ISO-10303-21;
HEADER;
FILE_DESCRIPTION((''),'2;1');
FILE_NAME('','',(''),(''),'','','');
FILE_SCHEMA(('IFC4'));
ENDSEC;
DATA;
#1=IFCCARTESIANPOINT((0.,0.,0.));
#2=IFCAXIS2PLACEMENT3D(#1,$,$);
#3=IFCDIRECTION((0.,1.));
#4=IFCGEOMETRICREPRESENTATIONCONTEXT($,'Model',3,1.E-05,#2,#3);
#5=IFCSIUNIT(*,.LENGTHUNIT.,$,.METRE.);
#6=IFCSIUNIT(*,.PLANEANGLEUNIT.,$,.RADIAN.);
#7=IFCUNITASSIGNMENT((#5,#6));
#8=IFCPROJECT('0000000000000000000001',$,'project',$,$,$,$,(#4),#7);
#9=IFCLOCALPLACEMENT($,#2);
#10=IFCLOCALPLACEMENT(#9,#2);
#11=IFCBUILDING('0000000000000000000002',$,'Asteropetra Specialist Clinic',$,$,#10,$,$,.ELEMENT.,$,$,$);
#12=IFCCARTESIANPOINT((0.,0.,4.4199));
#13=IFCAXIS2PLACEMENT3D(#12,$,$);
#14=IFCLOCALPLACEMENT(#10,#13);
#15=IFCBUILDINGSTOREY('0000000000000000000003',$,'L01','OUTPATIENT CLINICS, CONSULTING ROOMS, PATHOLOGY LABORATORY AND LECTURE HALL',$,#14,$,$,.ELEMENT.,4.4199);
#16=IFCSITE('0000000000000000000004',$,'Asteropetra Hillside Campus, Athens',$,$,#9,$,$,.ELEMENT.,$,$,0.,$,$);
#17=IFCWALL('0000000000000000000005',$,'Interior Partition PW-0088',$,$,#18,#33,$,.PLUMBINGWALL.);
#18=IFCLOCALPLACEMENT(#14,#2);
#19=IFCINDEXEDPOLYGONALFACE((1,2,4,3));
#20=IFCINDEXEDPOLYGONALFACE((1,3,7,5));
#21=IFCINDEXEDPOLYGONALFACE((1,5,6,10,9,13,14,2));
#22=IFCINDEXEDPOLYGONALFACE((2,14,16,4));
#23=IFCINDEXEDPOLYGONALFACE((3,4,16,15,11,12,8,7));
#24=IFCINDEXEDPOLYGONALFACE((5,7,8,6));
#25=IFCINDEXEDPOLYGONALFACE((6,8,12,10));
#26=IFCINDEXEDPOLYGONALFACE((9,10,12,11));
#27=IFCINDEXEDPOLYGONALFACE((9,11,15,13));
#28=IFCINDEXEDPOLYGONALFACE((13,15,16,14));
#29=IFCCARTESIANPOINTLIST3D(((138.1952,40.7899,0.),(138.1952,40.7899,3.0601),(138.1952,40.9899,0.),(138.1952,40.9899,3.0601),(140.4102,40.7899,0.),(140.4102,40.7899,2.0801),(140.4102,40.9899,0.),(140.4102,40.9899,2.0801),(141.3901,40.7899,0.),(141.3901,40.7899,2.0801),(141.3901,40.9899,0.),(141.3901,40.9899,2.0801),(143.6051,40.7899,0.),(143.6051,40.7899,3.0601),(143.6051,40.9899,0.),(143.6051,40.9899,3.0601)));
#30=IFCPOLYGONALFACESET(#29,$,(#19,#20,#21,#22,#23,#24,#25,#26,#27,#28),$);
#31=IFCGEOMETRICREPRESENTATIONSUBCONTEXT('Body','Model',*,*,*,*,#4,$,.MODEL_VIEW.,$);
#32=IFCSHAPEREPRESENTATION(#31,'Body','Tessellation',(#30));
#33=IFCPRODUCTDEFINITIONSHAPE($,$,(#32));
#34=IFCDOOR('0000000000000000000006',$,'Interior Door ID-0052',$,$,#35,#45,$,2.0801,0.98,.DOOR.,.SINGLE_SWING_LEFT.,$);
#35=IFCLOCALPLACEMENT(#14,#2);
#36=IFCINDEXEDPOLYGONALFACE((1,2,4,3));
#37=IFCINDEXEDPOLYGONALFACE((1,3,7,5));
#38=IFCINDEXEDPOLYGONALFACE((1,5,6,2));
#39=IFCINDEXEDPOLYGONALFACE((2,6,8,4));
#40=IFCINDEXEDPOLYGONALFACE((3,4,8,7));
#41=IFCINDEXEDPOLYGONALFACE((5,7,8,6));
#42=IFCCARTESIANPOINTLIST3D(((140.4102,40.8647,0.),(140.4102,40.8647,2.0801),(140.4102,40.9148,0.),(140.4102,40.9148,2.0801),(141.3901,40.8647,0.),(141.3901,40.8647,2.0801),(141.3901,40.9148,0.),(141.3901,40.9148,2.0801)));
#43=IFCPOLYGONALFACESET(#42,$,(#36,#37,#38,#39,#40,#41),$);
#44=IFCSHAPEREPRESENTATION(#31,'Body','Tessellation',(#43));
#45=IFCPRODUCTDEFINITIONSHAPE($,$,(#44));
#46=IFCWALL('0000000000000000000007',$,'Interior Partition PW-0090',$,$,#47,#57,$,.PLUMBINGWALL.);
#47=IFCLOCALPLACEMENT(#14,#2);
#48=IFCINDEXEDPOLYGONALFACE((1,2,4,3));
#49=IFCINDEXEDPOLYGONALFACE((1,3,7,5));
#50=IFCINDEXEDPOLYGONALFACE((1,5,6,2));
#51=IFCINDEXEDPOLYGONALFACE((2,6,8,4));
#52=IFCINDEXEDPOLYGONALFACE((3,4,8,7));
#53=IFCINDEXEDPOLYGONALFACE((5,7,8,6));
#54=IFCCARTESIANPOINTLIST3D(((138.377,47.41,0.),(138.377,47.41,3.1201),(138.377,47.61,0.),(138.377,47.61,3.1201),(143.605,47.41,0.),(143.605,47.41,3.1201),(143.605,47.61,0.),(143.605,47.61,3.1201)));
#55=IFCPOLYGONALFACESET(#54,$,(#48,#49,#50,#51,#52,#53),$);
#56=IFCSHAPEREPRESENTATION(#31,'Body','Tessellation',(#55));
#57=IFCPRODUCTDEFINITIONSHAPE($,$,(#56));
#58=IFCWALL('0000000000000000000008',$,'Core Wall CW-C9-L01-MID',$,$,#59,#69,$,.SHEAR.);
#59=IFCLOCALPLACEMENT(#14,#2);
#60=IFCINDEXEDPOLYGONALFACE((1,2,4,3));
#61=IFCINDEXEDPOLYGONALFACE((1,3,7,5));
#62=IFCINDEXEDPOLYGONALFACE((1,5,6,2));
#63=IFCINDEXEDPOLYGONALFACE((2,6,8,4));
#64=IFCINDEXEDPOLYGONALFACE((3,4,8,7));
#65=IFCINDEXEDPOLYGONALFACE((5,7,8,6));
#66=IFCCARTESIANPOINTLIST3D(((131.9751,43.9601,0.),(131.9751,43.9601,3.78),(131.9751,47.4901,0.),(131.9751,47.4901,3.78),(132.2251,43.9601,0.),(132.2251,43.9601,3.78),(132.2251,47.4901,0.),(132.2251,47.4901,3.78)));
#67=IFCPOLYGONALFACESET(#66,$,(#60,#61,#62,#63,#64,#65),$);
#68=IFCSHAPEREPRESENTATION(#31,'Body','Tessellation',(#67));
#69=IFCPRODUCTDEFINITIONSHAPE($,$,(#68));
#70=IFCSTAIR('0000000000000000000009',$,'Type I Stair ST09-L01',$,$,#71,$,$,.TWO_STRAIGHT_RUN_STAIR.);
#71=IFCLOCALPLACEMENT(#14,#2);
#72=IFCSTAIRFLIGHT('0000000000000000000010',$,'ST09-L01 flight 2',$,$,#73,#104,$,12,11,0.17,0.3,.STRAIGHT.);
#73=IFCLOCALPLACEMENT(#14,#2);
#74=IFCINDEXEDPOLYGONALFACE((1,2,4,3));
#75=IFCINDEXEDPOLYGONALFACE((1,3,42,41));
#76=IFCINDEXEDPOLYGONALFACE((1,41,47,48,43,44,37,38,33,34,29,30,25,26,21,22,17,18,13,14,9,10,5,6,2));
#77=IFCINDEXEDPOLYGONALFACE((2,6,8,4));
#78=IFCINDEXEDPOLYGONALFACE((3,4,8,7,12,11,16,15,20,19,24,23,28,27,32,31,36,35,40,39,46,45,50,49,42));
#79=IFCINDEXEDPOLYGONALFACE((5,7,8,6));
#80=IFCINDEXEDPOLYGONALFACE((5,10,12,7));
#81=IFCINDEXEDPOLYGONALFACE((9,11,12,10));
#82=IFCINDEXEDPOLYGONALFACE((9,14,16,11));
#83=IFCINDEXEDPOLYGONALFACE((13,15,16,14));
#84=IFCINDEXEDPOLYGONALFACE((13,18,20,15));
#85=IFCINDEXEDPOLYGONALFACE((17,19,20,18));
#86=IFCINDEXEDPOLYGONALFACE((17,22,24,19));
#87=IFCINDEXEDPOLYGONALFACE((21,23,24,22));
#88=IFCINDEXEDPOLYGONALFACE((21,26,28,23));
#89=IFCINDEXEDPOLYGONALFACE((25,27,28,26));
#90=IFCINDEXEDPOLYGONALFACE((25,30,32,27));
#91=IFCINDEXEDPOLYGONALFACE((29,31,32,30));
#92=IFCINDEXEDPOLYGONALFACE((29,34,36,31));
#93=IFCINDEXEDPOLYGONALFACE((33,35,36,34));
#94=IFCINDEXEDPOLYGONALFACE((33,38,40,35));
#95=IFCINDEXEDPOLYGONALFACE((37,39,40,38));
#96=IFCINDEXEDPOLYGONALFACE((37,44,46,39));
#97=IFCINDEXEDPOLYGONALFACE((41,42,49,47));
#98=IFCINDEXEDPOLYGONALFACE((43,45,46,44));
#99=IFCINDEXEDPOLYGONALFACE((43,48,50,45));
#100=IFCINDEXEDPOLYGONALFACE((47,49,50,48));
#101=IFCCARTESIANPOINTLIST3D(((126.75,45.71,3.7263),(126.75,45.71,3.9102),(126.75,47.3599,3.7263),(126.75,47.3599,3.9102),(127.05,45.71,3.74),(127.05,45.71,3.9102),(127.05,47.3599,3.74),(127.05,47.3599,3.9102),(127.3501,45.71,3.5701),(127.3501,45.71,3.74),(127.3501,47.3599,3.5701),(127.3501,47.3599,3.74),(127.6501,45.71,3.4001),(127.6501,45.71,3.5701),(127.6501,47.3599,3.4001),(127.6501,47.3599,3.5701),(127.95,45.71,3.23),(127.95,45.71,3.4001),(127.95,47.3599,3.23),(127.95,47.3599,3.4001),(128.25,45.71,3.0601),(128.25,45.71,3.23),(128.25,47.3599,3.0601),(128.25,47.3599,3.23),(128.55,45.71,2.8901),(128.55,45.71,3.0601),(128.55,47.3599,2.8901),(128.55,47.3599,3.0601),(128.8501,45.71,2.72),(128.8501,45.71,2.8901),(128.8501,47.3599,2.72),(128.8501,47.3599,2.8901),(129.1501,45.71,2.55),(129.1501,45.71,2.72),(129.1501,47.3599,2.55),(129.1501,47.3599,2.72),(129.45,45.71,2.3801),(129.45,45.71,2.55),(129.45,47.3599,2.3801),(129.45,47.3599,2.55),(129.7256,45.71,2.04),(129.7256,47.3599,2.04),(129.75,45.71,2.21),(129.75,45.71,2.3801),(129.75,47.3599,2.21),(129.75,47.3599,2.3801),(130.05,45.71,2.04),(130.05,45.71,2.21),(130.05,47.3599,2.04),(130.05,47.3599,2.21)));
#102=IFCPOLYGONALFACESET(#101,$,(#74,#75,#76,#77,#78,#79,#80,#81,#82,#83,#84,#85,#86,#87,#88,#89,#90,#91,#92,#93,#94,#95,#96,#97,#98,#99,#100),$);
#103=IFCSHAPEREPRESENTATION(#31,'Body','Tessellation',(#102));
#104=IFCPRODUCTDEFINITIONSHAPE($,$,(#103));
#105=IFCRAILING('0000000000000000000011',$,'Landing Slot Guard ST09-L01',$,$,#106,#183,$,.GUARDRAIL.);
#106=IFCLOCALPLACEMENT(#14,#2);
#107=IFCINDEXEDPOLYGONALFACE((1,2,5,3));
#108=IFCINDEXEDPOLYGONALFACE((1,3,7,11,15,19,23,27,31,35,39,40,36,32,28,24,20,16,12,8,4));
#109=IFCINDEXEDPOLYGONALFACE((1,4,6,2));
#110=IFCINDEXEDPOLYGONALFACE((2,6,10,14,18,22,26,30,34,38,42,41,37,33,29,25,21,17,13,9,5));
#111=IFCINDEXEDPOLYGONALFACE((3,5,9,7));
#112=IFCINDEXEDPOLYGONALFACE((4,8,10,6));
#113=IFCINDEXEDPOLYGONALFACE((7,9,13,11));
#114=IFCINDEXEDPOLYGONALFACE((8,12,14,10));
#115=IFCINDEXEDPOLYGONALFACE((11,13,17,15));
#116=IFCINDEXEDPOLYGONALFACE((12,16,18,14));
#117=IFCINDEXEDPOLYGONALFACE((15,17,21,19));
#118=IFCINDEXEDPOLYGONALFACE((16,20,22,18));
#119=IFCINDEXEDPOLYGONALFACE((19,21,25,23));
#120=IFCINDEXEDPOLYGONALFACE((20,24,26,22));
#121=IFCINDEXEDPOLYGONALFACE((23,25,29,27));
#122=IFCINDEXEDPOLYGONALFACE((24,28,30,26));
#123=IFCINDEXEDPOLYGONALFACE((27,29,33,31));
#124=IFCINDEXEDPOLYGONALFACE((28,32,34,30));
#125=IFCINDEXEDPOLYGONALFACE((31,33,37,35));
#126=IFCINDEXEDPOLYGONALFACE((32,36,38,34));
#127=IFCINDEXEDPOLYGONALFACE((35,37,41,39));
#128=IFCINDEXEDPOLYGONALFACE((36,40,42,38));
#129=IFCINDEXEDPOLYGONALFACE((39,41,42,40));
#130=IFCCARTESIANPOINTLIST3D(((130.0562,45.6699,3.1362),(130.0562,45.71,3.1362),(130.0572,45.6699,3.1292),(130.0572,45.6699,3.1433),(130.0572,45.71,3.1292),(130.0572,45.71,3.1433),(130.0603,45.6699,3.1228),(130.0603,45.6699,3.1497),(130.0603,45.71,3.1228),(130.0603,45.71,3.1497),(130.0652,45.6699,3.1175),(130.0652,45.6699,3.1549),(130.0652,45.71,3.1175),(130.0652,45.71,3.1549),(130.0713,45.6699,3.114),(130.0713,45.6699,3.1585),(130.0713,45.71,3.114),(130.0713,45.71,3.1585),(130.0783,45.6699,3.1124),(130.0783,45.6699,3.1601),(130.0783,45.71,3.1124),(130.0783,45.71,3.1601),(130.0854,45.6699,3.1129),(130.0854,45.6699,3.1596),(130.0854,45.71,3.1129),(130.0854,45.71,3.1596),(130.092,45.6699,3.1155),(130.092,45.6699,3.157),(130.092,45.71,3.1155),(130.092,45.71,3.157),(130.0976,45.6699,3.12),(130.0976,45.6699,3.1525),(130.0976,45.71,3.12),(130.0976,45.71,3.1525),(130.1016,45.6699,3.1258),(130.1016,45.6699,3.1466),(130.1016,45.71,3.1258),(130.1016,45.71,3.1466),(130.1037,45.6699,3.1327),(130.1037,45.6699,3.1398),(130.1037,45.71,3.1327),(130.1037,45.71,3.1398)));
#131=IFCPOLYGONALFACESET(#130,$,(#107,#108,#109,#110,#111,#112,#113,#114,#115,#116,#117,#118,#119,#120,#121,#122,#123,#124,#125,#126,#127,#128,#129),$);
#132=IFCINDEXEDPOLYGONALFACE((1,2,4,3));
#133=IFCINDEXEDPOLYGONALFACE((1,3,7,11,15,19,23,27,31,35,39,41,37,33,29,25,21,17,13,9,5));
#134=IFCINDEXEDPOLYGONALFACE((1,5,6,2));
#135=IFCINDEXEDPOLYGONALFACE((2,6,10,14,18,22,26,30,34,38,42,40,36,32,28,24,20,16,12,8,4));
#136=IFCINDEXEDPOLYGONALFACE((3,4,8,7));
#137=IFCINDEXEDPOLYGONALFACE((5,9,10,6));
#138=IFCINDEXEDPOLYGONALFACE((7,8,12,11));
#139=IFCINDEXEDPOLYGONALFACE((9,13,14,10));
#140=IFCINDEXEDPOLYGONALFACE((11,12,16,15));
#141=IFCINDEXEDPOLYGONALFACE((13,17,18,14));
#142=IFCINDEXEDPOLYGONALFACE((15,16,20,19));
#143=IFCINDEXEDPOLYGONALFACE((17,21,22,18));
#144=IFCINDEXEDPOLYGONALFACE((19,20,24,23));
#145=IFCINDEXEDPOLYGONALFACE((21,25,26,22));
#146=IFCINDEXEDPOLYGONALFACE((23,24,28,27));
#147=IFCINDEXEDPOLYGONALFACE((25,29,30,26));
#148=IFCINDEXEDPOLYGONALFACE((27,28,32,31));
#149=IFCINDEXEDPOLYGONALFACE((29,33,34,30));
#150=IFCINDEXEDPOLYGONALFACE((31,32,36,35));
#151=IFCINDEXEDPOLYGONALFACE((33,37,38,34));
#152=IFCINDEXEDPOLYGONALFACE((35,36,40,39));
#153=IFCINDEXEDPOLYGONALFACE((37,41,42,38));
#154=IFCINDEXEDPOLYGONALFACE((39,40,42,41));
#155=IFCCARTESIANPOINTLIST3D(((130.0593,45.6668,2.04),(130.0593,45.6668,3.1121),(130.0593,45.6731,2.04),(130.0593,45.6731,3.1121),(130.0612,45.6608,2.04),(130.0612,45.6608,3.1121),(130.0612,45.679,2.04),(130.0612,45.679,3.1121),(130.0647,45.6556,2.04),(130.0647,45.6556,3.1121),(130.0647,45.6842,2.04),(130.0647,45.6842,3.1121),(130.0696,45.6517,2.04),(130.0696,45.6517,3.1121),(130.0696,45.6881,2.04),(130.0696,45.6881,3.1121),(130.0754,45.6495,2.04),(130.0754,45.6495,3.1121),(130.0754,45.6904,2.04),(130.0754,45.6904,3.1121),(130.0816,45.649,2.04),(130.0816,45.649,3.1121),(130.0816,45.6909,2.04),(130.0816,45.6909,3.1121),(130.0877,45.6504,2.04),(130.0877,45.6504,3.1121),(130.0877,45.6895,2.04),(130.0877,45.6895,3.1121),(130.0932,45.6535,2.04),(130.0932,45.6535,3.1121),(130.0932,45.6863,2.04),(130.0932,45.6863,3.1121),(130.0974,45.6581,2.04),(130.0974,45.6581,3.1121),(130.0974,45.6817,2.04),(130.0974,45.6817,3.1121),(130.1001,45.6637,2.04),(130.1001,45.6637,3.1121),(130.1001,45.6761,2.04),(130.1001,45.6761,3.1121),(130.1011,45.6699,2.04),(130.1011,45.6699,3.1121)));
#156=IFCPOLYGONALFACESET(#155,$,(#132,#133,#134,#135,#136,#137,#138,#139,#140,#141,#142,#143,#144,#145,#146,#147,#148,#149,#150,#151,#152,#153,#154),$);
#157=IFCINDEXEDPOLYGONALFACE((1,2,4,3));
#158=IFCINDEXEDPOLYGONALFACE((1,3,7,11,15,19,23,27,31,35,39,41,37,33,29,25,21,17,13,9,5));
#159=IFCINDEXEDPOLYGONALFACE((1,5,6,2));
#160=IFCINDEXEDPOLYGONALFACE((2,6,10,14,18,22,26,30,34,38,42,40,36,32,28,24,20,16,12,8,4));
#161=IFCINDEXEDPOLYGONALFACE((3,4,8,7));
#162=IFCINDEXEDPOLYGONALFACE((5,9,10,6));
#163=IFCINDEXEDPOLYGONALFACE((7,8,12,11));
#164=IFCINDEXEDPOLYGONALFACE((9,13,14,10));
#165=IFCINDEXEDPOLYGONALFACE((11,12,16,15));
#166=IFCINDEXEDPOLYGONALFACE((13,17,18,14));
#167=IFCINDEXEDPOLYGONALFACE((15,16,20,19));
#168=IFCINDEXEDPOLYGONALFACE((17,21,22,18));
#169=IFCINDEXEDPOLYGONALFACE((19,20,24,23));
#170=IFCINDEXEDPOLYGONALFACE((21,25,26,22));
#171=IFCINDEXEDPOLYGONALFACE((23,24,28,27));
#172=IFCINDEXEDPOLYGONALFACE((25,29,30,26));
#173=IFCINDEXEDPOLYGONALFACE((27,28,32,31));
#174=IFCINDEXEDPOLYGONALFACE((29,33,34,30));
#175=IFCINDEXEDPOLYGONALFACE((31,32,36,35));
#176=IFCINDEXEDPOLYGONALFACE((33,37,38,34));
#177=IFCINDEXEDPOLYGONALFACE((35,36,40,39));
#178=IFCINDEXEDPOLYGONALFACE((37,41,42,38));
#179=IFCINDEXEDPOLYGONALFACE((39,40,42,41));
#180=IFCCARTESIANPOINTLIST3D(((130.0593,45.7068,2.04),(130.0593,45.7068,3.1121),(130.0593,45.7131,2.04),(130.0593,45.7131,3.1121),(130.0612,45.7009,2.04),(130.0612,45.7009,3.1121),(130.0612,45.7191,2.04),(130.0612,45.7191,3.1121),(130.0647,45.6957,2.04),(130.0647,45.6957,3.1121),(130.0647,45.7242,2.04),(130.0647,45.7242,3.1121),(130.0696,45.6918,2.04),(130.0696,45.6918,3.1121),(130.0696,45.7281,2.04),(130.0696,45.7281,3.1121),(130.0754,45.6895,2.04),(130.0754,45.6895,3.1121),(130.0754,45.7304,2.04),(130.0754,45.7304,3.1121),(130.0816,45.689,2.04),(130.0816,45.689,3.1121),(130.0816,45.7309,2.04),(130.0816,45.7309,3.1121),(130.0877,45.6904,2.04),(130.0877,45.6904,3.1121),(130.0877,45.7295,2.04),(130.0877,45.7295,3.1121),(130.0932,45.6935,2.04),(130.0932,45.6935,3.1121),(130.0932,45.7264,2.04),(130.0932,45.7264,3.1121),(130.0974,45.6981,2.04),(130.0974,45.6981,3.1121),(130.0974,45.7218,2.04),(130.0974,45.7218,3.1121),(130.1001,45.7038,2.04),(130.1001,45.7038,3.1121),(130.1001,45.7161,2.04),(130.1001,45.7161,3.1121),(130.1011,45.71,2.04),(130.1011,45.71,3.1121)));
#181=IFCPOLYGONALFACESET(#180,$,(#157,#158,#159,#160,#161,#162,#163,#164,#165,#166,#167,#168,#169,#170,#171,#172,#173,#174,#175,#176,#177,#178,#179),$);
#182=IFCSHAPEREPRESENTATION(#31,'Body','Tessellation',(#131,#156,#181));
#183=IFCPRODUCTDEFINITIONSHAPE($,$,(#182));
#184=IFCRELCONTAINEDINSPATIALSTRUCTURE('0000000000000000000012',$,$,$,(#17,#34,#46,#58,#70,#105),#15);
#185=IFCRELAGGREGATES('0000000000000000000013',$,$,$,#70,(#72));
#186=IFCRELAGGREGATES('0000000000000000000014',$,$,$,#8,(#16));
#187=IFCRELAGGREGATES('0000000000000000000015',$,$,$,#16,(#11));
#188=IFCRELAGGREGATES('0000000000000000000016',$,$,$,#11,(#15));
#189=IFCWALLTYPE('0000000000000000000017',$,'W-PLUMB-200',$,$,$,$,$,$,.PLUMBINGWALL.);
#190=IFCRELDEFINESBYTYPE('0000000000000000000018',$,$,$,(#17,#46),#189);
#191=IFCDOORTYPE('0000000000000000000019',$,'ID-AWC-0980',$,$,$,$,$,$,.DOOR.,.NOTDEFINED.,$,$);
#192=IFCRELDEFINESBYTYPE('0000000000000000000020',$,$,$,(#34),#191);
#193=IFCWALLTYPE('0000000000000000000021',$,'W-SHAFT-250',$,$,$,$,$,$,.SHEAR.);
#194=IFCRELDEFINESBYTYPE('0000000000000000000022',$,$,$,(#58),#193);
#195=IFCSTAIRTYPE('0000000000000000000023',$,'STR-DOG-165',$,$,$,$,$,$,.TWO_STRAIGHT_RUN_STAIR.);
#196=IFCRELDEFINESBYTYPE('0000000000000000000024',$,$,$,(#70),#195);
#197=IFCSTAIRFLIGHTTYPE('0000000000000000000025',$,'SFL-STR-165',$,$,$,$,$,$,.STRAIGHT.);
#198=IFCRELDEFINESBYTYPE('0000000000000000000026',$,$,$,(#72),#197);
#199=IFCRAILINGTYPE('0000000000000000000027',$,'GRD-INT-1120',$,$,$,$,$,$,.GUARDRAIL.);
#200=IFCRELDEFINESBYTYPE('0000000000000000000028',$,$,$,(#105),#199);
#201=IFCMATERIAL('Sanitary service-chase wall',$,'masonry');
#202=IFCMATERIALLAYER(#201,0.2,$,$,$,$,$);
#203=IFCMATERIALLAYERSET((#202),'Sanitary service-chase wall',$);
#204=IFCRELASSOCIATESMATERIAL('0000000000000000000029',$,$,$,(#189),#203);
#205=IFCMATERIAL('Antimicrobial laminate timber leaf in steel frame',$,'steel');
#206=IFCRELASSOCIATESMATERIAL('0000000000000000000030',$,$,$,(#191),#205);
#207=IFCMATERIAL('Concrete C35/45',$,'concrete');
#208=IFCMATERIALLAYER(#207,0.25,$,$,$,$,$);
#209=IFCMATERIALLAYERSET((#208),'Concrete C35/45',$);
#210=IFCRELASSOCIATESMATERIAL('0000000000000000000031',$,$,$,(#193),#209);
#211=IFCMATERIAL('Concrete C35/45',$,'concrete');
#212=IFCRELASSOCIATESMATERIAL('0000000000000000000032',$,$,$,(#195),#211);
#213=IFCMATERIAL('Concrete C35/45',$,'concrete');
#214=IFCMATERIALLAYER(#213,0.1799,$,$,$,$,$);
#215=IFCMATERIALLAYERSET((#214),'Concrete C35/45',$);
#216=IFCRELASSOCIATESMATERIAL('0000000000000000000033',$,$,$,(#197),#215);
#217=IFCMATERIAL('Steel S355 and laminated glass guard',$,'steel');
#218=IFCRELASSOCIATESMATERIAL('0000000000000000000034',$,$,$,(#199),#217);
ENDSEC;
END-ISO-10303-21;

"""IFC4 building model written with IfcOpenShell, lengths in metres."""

from ifc_helpers import new_model, si_unit, direction, frame, frame_2d, origin, origin_2d, place, context, subcontext, project, spatial, polyline, rectangle, circle, outline, extrude, material, layer, layer_set, type_object, element, fill, aggregate, save


model = new_model("IFC4")

# Units and contexts
model_context = context("Model", 3, precision=1e-05, world=origin(), true_north=direction((0.0, 1.0)))
body_context = subcontext(model_context, "Body", "Model", "MODEL_VIEW")
ifc_project = project(units=[si_unit("LENGTHUNIT", "METRE"), si_unit("PLANEANGLEUNIT", "RADIAN")], contexts=[model_context])

# Site, building, storey
site_placement = place(None, origin())
site = spatial("IfcSite", under=ifc_project, at=site_placement, Name="Asteropetra Hillside Campus, Athens", CompositionType="ELEMENT", RefElevation=0.0)
building_placement = place(site_placement, origin())
building = spatial("IfcBuilding", under=site, at=building_placement, Name="Asteropetra Specialist Clinic", CompositionType="ELEMENT")
storey_placement = place(building_placement, frame((0.0, 0.0, 4.4199)))
storey = spatial("IfcBuildingStorey", under=building, at=storey_placement, Name="L01", Description="OUTPATIENT CLINICS, CONSULTING ROOMS, PATHOLOGY LABORATORY AND LECTURE HALL", CompositionType="ELEMENT", Elevation=4.4199)

# Wall, opening, door
ifc_material_1 = material(Name="Sanitary service-chase wall", Category="masonry")
ifc_layer_1 = layer(ifc_material_1, 0.2)
ifc_layer_set_1 = layer_set([ifc_layer_1], Name="Sanitary service-chase wall")
wall_type_1 = type_object("IfcWallType", Name="W-PLUMB-200", PredefinedType="PLUMBINGWALL", material=ifc_layer_set_1)
wall_1_placement = place(storey_placement, frame((138.1951, 40.8899, 0.0), z_axis=(0.0, 0.0, 1.0), x_axis=(1.0, 0.0, 0.0)))
wall_1 = element("IfcWall", 1, at=wall_1_placement, inside=storey, type_object=wall_type_1, Name="Interior Partition PW-0088", PredefinedType="PLUMBINGWALL", context=body_context, shape_type="SweptSolid", body=[
    extrude(rectangle(XDim=5.4099, YDim=0.2, at=frame_2d((2.7051, 0.0))), origin(), (0.0, 0.0, 1.0), 3.0601),
])
opening_1_placement = place(wall_1_placement, frame((2.2151, 0.0, 0.0)))
opening_1 = element("IfcOpeningElement", 2, at=opening_1_placement, cuts=wall_1, PredefinedType="OPENING", context=body_context, shape_type="SweptSolid", body=[
    extrude(rectangle(XDim=0.98, YDim=2.0801, at=frame_2d((0.49, 1.04))), frame((0.0, 0.1099, 0.0), z_axis=(0.0, -1.0, 0.0), x_axis=(1.0, 0.0, 0.0)), (0.0, 0.0, 1.0), 0.22),
])
ifc_material_2 = material(Name="Antimicrobial laminate timber leaf in steel frame", Category="steel")
door_type_1 = type_object("IfcDoorType", Name="ID-AWC-0980", OperationType="NOTDEFINED", PredefinedType="DOOR", material=ifc_material_2)
door_1_placement = place(opening_1_placement, origin())
door_1 = element("IfcDoor", 3, at=door_1_placement, inside=storey, type_object=door_type_1, Name="Interior Door ID-0052", OperationType="SINGLE_SWING_LEFT", OverallHeight=2.0801, OverallWidth=0.98, PredefinedType="DOOR", context=body_context, shape_type="SweptSolid", body=[
    extrude(rectangle(XDim=0.98, YDim=2.0801, at=frame_2d((0.49, 1.04))), frame((0.0, 0.0249, 0.0), z_axis=(0.0, -1.0, 0.0), x_axis=(1.0, 0.0, 0.0)), (0.0, 0.0, 1.0), 0.05),
])
fill(opening_1, door_1)

# Walls
wall_2_placement = place(storey_placement, frame((138.377, 47.51, 0.0), z_axis=(0.0, 0.0, 1.0), x_axis=(1.0, 0.0, 0.0)))
element("IfcWall", 4, at=wall_2_placement, inside=storey, type_object=wall_type_1, Name="Interior Partition PW-0090", PredefinedType="PLUMBINGWALL", context=body_context, shape_type="SweptSolid", body=[
    extrude(rectangle(XDim=5.228, YDim=0.2, at=frame_2d((2.614, 0.0))), origin(), (0.0, 0.0, 1.0), 3.1201),
])
ifc_material_3 = material(Name="Concrete C35/45", Category="concrete")
ifc_layer_2 = layer(ifc_material_3, 0.25)
ifc_layer_set_2 = layer_set([ifc_layer_2], Name="Concrete C35/45")
wall_type_2 = type_object("IfcWallType", Name="W-SHAFT-250", PredefinedType="SHEAR", material=ifc_layer_set_2)
wall_3_placement = place(storey_placement, frame((132.1001, 43.96, 0.0), z_axis=(0.0, 0.0, 1.0), x_axis=(0.0, 1.0, 0.0)))
element("IfcWall", 5, at=wall_3_placement, inside=storey, type_object=wall_type_2, Name="Core Wall CW-C9-L01-MID", PredefinedType="SHEAR", context=body_context, shape_type="SweptSolid", body=[
    extrude(rectangle(XDim=3.53, YDim=0.25, at=frame_2d((1.7651, 0.0))), origin(), (0.0, 0.0, 1.0), 3.78),
])

# Stair, stair flight
ifc_material_4 = material(Name="Concrete C35/45", Category="concrete")
stair_type = type_object("IfcStairType", Name="STR-DOG-165", PredefinedType="TWO_STRAIGHT_RUN_STAIR", material=ifc_material_4)
stair_placement = place(storey_placement, origin())
stair = element("IfcStair", 6, at=stair_placement, inside=storey, type_object=stair_type, Name="Type I Stair ST09-L01", PredefinedType="TWO_STRAIGHT_RUN_STAIR")
ifc_material_5 = material(Name="Concrete C35/45", Category="concrete")
ifc_layer_3 = layer(ifc_material_5, 0.1799)
ifc_layer_set_3 = layer_set([ifc_layer_3], Name="Concrete C35/45")
stair_flight_type = type_object("IfcStairFlightType", Name="SFL-STR-165", PredefinedType="STRAIGHT", material=ifc_layer_set_3)
stair_flight_placement = place(storey_placement, frame((130.05, 46.5349, 2.04), z_axis=(0.0, 0.0, 1.0), x_axis=(-1.0, 0.0, 0.0)))
stair_flight = element("IfcStairFlight", 7, at=stair_flight_placement, type_object=stair_flight_type, Name="ST09-L01 flight 2", NumberOfRisers=12, NumberOfTreads=11, PredefinedType="STRAIGHT", RiserHeight=0.17, TreadLength=0.3, context=body_context, shape_type="SweptSolid", body=[
    extrude(outline(polyline([(0.0, 0.0), (0.0, 0.1699), (0.3, 0.1699), (0.3, 0.3401), (0.6001, 0.3401), (0.6001, 0.51), (0.8999, 0.51), (0.8999, 0.6799), (1.2, 0.6799), (1.2, 0.8501), (1.5, 0.8501), (1.5, 1.02), (1.8, 1.02), (1.8, 1.1899), (2.1001, 1.1899), (2.1001, 1.3601), (2.3999, 1.3601), (2.3999, 1.53), (2.7, 1.53), (2.7, 1.7), (3.0, 1.7), (3.0, 1.8701), (3.3, 1.8701), (3.3, 2.04), (3.3, 1.6863), (0.3245, 0.0), (0.0, 0.0)])), frame((0.0, 0.825, 0.0), z_axis=(0.0, -1.0, 0.0), x_axis=(1.0, 0.0, 0.0)), (0.0, 0.0, 1.0), 1.6499),
])
aggregate(stair, [stair_flight])

# Railing
ifc_material_6 = material(Name="Steel S355 and laminated glass guard", Category="steel")
railing_type_1 = type_object("IfcRailingType", Name="GRD-INT-1120", PredefinedType="GUARDRAIL", material=ifc_material_6)
railing_1_placement = place(storey_placement, frame((130.0801, 45.6699, 2.04)))
element("IfcRailing", 8, at=railing_1_placement, inside=storey, type_object=railing_type_1, Name="Landing Slot Guard ST09-L01", PredefinedType="GUARDRAIL", context=body_context, shape_type="SweptSolid", body=[
    extrude(circle(Radius=0.0239, at=origin_2d()), frame((0.0, 0.0, 1.0962), z_axis=(0.0, 1.0, 0.0), x_axis=(-1.0, 0.0, 0.0)), (0.0, 0.0, 1.0), 0.04),
    extrude(circle(Radius=0.021, at=origin_2d()), origin(), (0.0, 0.0, 1.0), 1.072),
    extrude(circle(Radius=0.021, at=origin_2d()), frame((0.0, 0.04, 0.0)), (0.0, 0.0, 1.0), 1.072),
])

save(model, "model.ifc")
